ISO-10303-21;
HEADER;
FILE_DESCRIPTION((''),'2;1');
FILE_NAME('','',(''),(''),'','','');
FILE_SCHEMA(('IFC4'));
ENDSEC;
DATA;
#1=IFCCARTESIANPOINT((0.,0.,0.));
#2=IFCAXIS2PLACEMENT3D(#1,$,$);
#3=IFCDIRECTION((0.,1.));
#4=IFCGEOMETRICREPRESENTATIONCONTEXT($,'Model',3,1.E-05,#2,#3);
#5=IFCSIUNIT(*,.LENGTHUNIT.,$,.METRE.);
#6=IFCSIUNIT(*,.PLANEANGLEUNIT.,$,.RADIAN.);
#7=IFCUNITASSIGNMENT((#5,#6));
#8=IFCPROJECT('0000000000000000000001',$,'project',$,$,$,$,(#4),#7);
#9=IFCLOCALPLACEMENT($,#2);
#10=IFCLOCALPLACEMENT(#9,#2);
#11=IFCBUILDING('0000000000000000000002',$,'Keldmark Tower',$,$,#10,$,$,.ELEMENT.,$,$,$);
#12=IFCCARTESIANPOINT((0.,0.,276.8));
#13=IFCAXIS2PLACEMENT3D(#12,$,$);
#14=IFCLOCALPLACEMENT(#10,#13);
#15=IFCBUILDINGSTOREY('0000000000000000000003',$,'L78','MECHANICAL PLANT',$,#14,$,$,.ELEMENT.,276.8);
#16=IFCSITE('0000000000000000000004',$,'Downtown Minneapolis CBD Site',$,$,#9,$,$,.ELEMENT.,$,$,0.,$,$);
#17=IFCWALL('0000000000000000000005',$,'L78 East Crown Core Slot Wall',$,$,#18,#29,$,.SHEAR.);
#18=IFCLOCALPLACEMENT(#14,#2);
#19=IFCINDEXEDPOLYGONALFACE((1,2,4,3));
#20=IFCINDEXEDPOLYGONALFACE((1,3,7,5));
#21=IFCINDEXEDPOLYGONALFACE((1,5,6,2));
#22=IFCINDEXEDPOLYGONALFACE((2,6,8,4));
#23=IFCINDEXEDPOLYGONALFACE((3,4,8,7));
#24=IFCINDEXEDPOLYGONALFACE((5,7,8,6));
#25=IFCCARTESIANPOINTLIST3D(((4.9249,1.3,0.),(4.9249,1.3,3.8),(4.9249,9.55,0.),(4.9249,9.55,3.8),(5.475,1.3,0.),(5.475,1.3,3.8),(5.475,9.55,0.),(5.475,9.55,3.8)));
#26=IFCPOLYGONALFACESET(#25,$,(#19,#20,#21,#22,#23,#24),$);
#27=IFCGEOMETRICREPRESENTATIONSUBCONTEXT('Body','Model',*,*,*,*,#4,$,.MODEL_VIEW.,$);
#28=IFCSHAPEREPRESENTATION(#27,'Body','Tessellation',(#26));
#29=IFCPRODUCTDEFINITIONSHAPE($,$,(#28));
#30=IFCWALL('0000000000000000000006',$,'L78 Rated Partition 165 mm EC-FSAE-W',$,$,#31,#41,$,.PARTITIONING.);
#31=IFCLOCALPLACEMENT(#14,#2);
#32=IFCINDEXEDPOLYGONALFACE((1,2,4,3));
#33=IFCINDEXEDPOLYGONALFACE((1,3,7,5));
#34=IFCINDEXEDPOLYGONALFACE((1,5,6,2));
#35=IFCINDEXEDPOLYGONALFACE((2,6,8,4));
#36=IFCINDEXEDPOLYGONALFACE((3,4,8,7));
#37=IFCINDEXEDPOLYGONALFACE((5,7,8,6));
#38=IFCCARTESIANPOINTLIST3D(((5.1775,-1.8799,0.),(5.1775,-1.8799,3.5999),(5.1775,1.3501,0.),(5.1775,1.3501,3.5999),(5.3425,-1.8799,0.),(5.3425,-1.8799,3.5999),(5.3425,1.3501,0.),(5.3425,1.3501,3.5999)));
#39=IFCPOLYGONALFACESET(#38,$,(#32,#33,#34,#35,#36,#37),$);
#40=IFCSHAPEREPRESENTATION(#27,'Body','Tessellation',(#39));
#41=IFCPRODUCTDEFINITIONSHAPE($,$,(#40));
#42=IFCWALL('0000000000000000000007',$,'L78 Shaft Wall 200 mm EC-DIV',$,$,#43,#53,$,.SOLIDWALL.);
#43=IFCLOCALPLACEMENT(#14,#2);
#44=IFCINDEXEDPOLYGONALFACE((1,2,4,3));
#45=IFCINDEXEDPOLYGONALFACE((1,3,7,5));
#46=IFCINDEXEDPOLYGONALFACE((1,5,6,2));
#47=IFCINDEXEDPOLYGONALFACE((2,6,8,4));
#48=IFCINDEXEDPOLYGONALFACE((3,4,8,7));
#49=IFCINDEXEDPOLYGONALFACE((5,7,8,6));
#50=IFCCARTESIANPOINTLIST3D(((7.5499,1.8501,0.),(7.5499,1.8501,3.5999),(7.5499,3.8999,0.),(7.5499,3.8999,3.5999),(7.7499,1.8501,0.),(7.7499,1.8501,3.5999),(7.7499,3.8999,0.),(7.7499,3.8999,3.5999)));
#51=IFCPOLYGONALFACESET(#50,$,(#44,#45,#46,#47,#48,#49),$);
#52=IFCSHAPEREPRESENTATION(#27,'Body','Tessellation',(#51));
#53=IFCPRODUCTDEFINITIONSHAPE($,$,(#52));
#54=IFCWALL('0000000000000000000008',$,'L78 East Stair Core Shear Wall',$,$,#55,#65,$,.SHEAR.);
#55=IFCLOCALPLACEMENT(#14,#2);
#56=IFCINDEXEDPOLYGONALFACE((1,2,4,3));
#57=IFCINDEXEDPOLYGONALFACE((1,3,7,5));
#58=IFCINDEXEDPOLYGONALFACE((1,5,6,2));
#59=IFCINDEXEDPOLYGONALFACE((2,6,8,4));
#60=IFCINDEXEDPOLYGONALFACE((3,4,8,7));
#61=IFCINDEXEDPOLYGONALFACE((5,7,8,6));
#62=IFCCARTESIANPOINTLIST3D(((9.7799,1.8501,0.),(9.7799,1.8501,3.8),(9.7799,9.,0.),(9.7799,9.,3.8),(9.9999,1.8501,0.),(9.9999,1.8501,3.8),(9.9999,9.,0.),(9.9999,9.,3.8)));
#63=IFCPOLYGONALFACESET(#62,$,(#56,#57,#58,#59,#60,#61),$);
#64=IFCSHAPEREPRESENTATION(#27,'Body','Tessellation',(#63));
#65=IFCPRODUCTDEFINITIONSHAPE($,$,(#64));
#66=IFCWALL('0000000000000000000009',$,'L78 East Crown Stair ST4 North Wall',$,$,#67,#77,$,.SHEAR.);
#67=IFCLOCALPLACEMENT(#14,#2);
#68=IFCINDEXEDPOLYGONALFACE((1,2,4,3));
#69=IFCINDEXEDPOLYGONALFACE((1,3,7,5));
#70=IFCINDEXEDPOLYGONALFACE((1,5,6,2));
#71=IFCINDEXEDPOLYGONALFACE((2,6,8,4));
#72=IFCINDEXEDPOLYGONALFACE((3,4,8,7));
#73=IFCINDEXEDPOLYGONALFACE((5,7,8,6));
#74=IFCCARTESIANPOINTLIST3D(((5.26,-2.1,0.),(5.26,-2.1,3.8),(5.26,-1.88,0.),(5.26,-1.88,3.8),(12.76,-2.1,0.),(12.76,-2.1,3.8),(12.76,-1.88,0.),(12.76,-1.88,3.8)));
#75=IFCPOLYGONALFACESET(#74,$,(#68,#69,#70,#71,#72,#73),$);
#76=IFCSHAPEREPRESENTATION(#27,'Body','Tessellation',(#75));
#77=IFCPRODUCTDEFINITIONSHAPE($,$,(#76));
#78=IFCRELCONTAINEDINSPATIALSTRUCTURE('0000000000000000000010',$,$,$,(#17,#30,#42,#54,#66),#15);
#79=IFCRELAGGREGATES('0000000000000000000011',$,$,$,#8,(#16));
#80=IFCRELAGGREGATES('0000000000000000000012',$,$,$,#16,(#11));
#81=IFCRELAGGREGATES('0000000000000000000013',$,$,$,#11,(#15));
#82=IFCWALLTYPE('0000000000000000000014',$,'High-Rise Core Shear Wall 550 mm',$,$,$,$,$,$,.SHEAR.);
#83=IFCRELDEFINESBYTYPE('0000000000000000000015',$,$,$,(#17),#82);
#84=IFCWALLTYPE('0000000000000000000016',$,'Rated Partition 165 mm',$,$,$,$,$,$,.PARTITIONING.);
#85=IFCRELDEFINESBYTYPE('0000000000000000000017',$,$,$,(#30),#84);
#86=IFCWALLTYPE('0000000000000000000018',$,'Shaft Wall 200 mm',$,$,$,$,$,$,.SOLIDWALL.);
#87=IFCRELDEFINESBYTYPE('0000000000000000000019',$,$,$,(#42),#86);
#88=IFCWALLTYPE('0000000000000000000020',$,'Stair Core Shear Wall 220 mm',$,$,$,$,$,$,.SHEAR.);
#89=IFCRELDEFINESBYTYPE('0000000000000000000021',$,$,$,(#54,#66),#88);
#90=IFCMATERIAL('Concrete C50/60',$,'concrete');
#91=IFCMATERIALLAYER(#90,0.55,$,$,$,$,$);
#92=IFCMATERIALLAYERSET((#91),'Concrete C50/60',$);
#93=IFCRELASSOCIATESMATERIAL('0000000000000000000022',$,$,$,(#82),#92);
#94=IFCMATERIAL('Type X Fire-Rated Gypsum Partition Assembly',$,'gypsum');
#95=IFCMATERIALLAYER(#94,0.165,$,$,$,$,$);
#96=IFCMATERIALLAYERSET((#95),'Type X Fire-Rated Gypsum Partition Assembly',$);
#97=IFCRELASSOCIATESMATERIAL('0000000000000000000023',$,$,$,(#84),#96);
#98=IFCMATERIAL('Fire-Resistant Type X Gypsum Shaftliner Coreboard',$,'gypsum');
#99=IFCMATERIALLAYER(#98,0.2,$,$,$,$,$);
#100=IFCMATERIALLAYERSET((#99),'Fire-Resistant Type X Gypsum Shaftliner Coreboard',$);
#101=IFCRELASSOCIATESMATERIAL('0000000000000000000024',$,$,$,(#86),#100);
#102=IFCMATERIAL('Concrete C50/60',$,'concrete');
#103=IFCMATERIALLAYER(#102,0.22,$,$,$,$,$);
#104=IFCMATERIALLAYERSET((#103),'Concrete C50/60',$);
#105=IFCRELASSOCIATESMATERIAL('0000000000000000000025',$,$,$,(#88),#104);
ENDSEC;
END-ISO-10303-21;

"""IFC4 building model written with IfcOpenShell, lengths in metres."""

from ifc_helpers import new_model, si_unit, direction, frame, frame_2d, origin, place, context, subcontext, project, spatial, rectangle, extrude, material, layer, layer_set, type_object, element, save


model = new_model("IFC4")

# Units and contexts
model_context = context("Model", 3, precision=1e-05, world=origin(), true_north=direction((0.0, 1.0)))
body_context = subcontext(model_context, "Body", "Model", "MODEL_VIEW")
ifc_project = project(units=[si_unit("LENGTHUNIT", "METRE"), si_unit("PLANEANGLEUNIT", "RADIAN")], contexts=[model_context])

# Site, building, storey
site_placement = place(None, origin())
site = spatial("IfcSite", under=ifc_project, at=site_placement, Name="Downtown Minneapolis CBD Site", CompositionType="ELEMENT", RefElevation=0.0)
building_placement = place(site_placement, origin())
building = spatial("IfcBuilding", under=site, at=building_placement, Name="Keldmark Tower", CompositionType="ELEMENT")
storey_placement = place(building_placement, frame((0.0, 0.0, 276.8)))
storey = spatial("IfcBuildingStorey", under=building, at=storey_placement, Name="L78", Description="MECHANICAL PLANT", CompositionType="ELEMENT", Elevation=276.8)

# Walls
ifc_material_1 = material(Name="Concrete C50/60", Category="concrete")
ifc_layer_1 = layer(ifc_material_1, 0.55)
ifc_layer_set_1 = layer_set([ifc_layer_1], Name="Concrete C50/60")
wall_type_1 = type_object("IfcWallType", Name="High-Rise Core Shear Wall 550 mm", PredefinedType="SHEAR", material=ifc_layer_set_1)
wall_1_placement = place(storey_placement, frame((5.2, 1.3, 0.0), z_axis=(0.0, 0.0, 1.0), x_axis=(0.0, 1.0, 0.0)))
element("IfcWall", 1, at=wall_1_placement, inside=storey, type_object=wall_type_1, Name="L78 East Crown Core Slot Wall", PredefinedType="SHEAR", context=body_context, shape_type="SweptSolid", body=[
    extrude(rectangle(XDim=8.25, YDim=0.55, at=frame_2d((4.125, 0.0))), origin(), (0.0, 0.0, 1.0), 3.8),
])
ifc_material_2 = material(Name="Type X Fire-Rated Gypsum Partition Assembly", Category="gypsum")
ifc_layer_2 = layer(ifc_material_2, 0.165)
ifc_layer_set_2 = layer_set([ifc_layer_2], Name="Type X Fire-Rated Gypsum Partition Assembly")
wall_type_2 = type_object("IfcWallType", Name="Rated Partition 165 mm", PredefinedType="PARTITIONING", material=ifc_layer_set_2)
wall_2_placement = place(storey_placement, frame((5.26, -1.8799, 0.0), z_axis=(0.0, 0.0, 1.0), x_axis=(0.0, 1.0, 0.0)))
element("IfcWall", 2, at=wall_2_placement, inside=storey, type_object=wall_type_2, Name="L78 Rated Partition 165 mm EC-FSAE-W", PredefinedType="PARTITIONING", context=body_context, shape_type="SweptSolid", body=[
    extrude(rectangle(XDim=3.23, YDim=0.165, at=frame_2d((1.615, 0.0))), origin(), (0.0, 0.0, 1.0), 3.5999),
])
ifc_material_3 = material(Name="Fire-Resistant Type X Gypsum Shaftliner Coreboard", Category="gypsum")
ifc_layer_3 = layer(ifc_material_3, 0.2)
ifc_layer_set_3 = layer_set([ifc_layer_3], Name="Fire-Resistant Type X Gypsum Shaftliner Coreboard")
wall_type_3 = type_object("IfcWallType", Name="Shaft Wall 200 mm", PredefinedType="SOLIDWALL", material=ifc_layer_set_3)
wall_3_placement = place(storey_placement, frame((7.6499, 1.8501, 0.0), z_axis=(0.0, 0.0, 1.0), x_axis=(0.0, 1.0, 0.0)))
element("IfcWall", 3, at=wall_3_placement, inside=storey, type_object=wall_type_3, Name="L78 Shaft Wall 200 mm EC-DIV", PredefinedType="SOLIDWALL", context=body_context, shape_type="SweptSolid", body=[
    extrude(rectangle(XDim=2.0498, YDim=0.2, at=frame_2d((1.0249, 0.0))), origin(), (0.0, 0.0, 1.0), 3.5999),
])
ifc_material_4 = material(Name="Concrete C50/60", Category="concrete")
ifc_layer_4 = layer(ifc_material_4, 0.22)
ifc_layer_set_4 = layer_set([ifc_layer_4], Name="Concrete C50/60")
wall_type_4 = type_object("IfcWallType", Name="Stair Core Shear Wall 220 mm", PredefinedType="SHEAR", material=ifc_layer_set_4)
wall_4_placement = place(storey_placement, frame((9.8899, 1.8501, 0.0), z_axis=(0.0, 0.0, 1.0), x_axis=(0.0, 1.0, 0.0)))
element("IfcWall", 4, at=wall_4_placement, inside=storey, type_object=wall_type_4, Name="L78 East Stair Core Shear Wall", PredefinedType="SHEAR", context=body_context, shape_type="SweptSolid", body=[
    extrude(rectangle(XDim=7.1499, YDim=0.22, at=frame_2d((3.575, 0.0))), origin(), (0.0, 0.0, 1.0), 3.8),
])
wall_5_placement = place(storey_placement, frame((5.26, -1.99, 0.0), z_axis=(0.0, 0.0, 1.0), x_axis=(1.0, 0.0, 0.0)))
element("IfcWall", 5, at=wall_5_placement, inside=storey, type_object=wall_type_4, Name="L78 East Crown Stair ST4 North Wall", PredefinedType="SHEAR", context=body_context, shape_type="SweptSolid", body=[
    extrude(rectangle(XDim=7.5, YDim=0.22, at=frame_2d((3.75, 0.0))), origin(), (0.0, 0.0, 1.0), 3.8),
])

save(model, "model.ifc")
